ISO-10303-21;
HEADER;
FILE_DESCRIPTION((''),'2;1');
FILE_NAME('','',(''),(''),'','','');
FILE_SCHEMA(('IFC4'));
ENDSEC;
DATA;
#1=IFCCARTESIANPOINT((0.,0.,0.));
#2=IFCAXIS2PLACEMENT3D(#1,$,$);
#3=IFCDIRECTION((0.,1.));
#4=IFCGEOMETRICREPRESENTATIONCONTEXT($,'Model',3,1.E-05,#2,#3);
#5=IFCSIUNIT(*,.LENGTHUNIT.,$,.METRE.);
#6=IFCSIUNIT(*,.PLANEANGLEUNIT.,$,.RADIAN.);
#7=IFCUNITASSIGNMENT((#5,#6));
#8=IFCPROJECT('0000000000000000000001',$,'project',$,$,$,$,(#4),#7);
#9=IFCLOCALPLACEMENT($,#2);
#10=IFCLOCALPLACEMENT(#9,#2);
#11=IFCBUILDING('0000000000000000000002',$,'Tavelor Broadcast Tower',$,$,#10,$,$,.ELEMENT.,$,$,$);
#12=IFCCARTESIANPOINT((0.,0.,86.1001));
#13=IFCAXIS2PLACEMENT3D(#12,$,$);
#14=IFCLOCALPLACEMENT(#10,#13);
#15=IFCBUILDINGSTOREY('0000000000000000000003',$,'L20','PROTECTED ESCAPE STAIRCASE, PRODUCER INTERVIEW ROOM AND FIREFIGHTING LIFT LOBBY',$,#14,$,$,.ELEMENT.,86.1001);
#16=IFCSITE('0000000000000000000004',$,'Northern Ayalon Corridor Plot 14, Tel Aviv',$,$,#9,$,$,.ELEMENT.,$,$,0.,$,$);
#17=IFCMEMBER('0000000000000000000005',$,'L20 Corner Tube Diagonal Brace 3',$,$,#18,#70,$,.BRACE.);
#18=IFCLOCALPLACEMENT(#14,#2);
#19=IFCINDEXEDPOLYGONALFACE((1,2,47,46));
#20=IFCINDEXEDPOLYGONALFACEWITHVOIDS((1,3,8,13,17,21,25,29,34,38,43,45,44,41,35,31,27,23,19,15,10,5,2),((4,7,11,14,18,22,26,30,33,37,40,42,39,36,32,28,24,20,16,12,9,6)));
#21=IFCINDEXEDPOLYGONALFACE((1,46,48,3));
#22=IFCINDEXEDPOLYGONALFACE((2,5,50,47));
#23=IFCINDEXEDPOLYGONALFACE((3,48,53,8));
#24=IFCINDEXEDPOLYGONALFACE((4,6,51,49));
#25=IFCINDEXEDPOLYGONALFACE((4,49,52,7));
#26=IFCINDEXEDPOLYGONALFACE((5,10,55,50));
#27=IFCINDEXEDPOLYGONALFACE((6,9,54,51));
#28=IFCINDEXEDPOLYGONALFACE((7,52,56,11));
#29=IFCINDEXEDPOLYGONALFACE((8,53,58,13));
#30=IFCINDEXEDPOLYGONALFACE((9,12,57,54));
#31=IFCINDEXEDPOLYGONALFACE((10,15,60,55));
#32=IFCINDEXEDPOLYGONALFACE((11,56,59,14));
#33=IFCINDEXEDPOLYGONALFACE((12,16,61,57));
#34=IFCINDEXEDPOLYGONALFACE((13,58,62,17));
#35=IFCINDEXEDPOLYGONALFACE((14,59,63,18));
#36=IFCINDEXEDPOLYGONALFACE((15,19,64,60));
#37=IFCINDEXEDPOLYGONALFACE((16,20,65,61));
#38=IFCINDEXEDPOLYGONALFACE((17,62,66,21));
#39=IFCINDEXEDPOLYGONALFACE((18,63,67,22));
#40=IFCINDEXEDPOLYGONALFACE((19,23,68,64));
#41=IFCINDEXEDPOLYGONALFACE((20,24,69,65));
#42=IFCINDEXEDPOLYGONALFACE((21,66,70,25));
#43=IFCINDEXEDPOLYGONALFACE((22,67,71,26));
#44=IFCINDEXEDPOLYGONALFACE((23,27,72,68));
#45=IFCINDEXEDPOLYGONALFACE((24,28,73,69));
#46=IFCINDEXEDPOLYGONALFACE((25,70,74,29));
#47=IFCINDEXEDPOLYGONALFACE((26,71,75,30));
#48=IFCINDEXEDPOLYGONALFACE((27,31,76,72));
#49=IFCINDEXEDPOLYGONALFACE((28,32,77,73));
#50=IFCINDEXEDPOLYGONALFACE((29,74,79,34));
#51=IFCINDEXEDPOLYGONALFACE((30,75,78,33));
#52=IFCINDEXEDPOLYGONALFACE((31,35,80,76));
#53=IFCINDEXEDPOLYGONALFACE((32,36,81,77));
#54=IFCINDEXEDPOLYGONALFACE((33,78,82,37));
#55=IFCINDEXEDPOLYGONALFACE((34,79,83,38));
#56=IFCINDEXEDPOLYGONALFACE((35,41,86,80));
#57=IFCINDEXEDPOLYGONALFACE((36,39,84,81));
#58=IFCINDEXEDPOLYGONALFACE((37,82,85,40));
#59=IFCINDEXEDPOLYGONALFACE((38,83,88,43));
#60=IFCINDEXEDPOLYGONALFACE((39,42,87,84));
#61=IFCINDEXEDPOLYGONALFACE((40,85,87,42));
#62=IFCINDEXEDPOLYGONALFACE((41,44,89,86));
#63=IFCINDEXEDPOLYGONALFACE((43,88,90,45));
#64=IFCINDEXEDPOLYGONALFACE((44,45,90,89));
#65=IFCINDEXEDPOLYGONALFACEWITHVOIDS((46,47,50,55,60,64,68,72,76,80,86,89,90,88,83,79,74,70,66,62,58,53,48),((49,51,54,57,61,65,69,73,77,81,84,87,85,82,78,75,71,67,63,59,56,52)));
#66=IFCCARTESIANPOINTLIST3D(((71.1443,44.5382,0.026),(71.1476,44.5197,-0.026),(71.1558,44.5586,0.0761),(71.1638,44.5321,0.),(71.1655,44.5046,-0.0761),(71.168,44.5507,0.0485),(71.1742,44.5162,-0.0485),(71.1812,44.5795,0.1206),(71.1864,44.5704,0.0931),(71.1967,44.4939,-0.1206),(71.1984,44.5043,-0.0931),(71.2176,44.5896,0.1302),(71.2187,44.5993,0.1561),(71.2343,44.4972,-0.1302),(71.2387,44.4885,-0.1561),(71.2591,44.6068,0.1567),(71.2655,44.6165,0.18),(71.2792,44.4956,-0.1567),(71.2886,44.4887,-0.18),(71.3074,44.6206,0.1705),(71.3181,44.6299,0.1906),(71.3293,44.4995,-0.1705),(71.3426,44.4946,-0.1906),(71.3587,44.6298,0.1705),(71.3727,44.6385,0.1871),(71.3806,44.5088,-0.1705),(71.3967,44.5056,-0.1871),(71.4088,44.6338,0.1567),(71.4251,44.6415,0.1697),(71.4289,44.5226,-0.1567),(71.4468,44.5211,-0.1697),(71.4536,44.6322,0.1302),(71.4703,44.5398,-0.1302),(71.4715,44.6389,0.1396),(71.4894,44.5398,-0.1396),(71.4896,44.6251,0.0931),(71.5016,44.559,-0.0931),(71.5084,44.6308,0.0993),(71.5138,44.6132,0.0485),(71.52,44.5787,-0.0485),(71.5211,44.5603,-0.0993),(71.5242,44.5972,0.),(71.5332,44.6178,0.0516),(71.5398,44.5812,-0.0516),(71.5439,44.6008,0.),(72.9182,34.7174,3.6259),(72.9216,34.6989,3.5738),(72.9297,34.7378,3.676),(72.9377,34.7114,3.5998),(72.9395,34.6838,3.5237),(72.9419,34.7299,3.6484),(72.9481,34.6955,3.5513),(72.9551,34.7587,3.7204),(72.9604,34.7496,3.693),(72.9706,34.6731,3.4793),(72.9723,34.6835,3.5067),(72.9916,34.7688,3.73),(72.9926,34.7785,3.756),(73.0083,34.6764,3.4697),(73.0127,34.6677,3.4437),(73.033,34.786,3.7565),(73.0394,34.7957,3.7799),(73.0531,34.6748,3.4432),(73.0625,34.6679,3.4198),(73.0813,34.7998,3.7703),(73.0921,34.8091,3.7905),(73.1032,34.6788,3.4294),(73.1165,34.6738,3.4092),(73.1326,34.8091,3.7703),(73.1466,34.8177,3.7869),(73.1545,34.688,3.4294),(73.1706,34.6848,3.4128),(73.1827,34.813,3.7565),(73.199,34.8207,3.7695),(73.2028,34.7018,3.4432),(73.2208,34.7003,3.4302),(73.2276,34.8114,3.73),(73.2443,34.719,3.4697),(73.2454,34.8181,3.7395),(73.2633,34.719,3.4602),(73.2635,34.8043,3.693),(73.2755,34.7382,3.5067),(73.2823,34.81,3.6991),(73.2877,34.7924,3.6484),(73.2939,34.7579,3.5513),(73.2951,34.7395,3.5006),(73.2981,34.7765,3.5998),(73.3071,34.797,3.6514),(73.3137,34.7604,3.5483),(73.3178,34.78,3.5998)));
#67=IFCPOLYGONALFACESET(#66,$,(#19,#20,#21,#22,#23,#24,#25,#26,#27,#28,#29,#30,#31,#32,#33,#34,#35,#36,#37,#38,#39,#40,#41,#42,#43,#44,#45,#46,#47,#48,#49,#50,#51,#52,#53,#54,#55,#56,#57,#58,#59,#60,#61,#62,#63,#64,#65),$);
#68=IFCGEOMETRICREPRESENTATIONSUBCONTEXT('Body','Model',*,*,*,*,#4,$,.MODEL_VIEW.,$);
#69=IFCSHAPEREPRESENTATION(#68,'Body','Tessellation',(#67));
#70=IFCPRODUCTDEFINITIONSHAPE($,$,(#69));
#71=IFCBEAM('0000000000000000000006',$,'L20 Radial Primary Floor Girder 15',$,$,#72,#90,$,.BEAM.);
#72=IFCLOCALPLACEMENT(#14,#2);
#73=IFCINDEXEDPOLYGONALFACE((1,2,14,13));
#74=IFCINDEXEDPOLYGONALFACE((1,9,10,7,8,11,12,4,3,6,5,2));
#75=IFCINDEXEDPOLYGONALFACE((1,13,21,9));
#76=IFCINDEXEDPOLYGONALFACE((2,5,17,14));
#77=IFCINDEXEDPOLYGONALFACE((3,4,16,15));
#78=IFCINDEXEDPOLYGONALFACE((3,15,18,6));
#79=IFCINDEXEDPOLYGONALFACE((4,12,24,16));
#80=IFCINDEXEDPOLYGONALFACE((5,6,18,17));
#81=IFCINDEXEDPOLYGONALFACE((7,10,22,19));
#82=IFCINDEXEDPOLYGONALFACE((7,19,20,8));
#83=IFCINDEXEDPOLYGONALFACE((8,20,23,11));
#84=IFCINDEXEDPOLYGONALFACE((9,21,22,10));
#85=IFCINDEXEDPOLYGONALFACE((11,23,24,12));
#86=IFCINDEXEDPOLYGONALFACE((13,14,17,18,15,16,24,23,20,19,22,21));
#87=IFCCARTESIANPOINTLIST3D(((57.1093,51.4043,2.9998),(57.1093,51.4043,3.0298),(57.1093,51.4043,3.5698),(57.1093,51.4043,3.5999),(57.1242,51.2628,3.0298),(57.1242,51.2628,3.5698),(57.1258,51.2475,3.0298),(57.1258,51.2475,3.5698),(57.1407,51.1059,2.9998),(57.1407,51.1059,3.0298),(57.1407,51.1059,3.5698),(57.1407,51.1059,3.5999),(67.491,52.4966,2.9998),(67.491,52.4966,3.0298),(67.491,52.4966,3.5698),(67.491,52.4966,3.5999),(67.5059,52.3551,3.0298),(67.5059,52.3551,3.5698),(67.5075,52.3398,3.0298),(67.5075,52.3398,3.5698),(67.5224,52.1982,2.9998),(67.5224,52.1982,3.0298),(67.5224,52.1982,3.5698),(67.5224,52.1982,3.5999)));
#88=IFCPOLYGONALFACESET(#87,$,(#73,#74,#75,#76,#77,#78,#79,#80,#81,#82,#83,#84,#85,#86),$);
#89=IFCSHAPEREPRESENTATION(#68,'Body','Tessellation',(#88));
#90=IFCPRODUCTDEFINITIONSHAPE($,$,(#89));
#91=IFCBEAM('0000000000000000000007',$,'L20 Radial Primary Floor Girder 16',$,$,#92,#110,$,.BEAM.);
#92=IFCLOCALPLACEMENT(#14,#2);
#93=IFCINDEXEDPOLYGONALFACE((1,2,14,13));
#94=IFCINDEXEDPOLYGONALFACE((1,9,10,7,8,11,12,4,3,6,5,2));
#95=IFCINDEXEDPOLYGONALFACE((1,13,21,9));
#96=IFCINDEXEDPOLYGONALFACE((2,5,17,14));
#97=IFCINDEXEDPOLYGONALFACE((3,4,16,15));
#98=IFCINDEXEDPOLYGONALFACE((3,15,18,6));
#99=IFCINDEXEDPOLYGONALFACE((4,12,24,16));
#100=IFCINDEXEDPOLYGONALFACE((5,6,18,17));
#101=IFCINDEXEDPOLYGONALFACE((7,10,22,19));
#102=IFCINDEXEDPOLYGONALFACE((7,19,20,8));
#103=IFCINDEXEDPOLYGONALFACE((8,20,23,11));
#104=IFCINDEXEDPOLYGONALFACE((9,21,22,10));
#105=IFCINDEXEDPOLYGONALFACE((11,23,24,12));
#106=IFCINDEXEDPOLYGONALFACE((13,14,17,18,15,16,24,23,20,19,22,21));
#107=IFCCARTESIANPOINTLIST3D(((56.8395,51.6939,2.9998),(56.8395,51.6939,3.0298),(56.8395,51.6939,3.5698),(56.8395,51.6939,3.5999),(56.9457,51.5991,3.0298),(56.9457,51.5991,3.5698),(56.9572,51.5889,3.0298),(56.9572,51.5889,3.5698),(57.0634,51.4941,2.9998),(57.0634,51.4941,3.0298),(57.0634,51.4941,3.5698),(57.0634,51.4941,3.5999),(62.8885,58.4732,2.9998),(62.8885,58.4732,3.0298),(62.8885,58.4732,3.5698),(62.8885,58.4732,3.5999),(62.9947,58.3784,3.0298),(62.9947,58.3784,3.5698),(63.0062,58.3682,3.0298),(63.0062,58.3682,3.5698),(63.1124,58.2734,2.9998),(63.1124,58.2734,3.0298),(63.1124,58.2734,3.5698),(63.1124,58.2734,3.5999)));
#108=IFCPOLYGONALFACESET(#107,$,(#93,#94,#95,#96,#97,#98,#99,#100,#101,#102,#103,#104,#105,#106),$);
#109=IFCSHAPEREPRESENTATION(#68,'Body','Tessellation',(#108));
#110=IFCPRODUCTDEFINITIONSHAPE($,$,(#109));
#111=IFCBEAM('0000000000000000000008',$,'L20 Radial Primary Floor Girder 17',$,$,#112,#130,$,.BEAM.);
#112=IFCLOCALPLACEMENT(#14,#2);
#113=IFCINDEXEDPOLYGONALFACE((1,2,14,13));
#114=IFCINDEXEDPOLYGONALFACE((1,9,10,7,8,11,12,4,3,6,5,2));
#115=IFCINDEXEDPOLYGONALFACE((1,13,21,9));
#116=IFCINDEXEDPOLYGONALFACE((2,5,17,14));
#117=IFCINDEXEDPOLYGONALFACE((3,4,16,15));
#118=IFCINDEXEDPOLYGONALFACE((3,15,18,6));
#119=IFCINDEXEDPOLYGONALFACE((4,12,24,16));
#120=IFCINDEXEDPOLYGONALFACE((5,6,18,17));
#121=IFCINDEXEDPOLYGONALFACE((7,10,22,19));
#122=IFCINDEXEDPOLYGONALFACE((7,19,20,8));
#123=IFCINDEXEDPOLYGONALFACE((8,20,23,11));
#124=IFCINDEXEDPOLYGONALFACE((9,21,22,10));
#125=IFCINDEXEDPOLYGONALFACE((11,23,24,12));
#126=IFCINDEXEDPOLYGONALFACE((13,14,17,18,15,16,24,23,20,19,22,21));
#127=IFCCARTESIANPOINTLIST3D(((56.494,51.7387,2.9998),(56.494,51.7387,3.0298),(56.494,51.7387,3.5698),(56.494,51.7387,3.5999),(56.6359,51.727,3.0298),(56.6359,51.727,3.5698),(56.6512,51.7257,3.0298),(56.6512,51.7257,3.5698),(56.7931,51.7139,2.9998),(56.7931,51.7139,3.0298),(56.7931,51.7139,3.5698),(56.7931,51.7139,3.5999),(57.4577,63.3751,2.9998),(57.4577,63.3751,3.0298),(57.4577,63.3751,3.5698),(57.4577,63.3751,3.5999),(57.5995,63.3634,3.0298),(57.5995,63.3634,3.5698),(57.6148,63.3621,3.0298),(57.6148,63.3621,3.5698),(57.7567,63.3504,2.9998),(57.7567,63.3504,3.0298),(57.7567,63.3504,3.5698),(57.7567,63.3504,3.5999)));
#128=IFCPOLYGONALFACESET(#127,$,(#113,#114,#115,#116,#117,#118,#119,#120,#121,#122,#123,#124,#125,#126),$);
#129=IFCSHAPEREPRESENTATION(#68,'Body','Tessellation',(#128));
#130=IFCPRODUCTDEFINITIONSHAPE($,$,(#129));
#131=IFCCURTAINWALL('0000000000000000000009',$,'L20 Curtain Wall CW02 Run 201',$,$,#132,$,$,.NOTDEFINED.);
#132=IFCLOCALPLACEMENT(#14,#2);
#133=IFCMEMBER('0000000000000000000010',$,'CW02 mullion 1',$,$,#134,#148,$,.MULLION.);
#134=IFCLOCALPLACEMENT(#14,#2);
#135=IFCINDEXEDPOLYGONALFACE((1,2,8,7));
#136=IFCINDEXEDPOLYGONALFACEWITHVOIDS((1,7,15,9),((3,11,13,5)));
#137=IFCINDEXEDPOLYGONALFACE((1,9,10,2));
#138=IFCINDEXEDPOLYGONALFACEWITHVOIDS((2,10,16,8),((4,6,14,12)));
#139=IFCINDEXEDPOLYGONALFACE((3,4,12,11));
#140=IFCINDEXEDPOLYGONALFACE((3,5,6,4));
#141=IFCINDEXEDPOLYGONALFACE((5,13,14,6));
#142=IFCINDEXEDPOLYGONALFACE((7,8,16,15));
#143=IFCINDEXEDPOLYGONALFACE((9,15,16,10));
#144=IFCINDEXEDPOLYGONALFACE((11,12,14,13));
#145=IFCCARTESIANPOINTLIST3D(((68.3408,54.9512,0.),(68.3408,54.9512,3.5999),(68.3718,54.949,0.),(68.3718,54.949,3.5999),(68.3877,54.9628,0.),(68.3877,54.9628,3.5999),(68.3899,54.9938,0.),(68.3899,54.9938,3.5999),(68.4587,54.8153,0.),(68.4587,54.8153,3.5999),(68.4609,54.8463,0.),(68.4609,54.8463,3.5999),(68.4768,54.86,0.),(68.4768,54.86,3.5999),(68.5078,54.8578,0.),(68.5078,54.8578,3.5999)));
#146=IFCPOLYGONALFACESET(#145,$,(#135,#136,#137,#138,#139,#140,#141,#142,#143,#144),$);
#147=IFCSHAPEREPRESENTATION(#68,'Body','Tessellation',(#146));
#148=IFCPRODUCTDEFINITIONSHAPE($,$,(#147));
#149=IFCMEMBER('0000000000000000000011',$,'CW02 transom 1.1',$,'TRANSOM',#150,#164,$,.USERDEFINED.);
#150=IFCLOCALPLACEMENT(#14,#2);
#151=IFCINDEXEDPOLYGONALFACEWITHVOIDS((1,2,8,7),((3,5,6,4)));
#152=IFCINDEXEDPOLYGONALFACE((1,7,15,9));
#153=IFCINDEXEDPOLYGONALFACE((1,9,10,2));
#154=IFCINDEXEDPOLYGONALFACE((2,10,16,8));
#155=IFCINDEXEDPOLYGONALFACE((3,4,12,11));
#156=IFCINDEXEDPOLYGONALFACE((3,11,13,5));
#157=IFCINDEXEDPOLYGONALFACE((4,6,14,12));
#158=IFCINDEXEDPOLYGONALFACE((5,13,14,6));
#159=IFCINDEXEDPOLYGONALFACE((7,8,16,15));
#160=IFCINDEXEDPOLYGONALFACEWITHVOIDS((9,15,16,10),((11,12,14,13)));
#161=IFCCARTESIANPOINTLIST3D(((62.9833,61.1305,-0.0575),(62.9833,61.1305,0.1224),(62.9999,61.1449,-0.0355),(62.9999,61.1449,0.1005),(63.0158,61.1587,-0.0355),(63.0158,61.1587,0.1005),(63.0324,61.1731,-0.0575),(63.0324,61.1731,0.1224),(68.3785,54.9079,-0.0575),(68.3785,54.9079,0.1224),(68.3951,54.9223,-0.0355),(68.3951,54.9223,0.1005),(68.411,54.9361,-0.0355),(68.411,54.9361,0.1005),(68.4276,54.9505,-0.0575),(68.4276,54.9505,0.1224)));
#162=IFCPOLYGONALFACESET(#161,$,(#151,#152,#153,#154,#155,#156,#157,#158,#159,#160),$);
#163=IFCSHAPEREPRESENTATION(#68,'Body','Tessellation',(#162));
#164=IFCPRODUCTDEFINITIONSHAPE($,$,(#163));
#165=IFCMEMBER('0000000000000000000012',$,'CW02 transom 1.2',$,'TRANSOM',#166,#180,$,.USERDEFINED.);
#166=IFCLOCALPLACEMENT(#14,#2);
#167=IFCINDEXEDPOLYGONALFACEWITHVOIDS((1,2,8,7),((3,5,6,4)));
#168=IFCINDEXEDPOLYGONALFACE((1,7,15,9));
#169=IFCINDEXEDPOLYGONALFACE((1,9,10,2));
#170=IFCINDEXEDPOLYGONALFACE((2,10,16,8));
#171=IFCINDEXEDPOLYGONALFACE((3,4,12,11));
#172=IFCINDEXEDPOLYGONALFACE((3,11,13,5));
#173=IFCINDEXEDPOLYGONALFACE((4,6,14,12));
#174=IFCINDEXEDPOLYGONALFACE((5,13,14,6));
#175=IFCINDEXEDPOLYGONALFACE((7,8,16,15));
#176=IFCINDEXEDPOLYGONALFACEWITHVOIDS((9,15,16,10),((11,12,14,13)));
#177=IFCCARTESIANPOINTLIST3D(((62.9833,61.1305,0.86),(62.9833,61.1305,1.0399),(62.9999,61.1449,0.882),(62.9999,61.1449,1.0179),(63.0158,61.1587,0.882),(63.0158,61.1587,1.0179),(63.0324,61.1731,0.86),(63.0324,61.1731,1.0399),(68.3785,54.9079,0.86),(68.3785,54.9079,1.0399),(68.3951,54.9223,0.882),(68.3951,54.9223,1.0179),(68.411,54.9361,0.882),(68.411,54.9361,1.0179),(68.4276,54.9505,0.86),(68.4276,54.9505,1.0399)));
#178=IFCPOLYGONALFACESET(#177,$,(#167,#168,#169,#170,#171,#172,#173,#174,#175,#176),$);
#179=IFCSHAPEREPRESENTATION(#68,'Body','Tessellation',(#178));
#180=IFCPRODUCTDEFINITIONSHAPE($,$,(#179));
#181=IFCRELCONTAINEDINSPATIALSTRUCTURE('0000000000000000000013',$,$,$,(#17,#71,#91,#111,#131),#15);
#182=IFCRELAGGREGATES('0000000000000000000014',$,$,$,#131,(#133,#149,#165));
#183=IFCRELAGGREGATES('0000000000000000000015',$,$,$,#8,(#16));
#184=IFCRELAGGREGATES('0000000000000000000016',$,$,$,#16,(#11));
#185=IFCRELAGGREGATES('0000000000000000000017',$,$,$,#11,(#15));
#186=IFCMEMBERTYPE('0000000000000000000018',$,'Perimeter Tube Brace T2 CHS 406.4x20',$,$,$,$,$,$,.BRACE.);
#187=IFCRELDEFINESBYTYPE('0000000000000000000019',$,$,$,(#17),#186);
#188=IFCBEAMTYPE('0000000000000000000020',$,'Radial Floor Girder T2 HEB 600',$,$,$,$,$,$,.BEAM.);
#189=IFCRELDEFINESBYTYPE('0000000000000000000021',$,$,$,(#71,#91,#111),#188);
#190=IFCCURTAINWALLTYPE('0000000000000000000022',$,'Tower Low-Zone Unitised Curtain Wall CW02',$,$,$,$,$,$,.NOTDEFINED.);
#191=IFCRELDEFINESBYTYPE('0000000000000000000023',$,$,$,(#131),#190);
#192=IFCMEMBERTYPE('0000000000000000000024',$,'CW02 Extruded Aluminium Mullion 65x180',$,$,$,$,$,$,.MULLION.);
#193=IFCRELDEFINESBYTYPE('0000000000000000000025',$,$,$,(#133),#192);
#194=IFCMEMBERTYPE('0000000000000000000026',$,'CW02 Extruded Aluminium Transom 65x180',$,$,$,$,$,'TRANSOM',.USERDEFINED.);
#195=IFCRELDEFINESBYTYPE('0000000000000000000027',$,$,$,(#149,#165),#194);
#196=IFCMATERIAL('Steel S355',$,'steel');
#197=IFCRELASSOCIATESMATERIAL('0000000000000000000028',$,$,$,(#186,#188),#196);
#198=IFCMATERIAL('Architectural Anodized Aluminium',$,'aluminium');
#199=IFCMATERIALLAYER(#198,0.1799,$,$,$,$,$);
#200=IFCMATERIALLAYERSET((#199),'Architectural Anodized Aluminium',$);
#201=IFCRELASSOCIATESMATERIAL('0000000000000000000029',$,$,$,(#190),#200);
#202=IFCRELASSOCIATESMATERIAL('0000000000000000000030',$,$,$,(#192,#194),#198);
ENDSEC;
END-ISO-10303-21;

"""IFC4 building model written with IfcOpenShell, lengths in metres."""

from ifc_helpers import new_model, si_unit, direction, frame, origin, origin_2d, place, context, subcontext, project, spatial, hollow_rectangle, hollow_circle, i_section, extrude, source, transform, mapped, material, layer, layer_set, material_profile, profile_set, type_object, type_shapes, element, aggregate, save


model = new_model("IFC4")

# Units and contexts
model_context = context("Model", 3, precision=1e-05, world=origin(), true_north=direction((0.0, 1.0)))
body_context = subcontext(model_context, "Body", "Model", "MODEL_VIEW")
ifc_project = project(units=[si_unit("LENGTHUNIT", "METRE"), si_unit("PLANEANGLEUNIT", "RADIAN")], contexts=[model_context])

# Site, building, storey
site_placement = place(None, origin())
site = spatial("IfcSite", under=ifc_project, at=site_placement, Name="Northern Ayalon Corridor Plot 14, Tel Aviv", CompositionType="ELEMENT", RefElevation=0.0)
building_placement = place(site_placement, origin())
building = spatial("IfcBuilding", under=site, at=building_placement, Name="Tavelor Broadcast Tower", CompositionType="ELEMENT")
storey_placement = place(building_placement, frame((0.0, 0.0, 86.1001)))
storey = spatial("IfcBuildingStorey", under=building, at=storey_placement, Name="L20", Description="PROTECTED ESCAPE STAIRCASE, PRODUCER INTERVIEW ROOM AND FIREFIGHTING LIFT LOBBY", CompositionType="ELEMENT", Elevation=86.1001)

# Shared definitions
ifc_material_1 = material(Name="Steel S355", Category="steel")

# Member
ifc_material_profile_1 = material_profile(ifc_material_1, hollow_circle(Radius=0.2031, WallThickness=0.02, at=origin_2d()), Name="CHS 406.4x20")
ifc_profile_set_1 = profile_set([ifc_material_profile_1], Name="Steel S355")
member_type_1 = type_object("IfcMemberType", Name="Perimeter Tube Brace T2 CHS 406.4x20", PredefinedType="BRACE", material=ifc_profile_set_1)
member_1_placement = place(storey_placement, frame((71.344, 44.5647, 0.0), z_axis=(0.167207, -0.925692, 0.339316), x_axis=(0.984075, 0.177753, 0.0)))
element("IfcMember", 1, at=member_1_placement, inside=storey, type_object=member_type_1, Name="L20 Corner Tube Diagonal Brace 3", PredefinedType="BRACE", context=body_context, shape_type="SweptSolid", body=[
    extrude(hollow_circle(Radius=0.2031, WallThickness=0.02, at=origin_2d()), origin(), (0.0, 0.0, 1.0), 10.6091),
])

# Beams
ifc_material_profile_2 = material_profile(ifc_material_1, i_section(OverallWidth=0.3, OverallDepth=0.6001, WebThickness=0.0154, FlangeThickness=0.03, at=origin_2d()), Name="HEB 600")
ifc_profile_set_2 = profile_set([ifc_material_profile_2], Name="Steel S355")
beam_type_1 = type_object("IfcBeamType", Name="Radial Floor Girder T2 HEB 600", PredefinedType="BEAM", material=ifc_profile_set_2)
beam_1_placement = place(storey_placement, frame((57.125, 51.2551, 3.2998), z_axis=(0.994511, 0.104636, 0.0), x_axis=(-0.104636, 0.994511, 0.0)))
element("IfcBeam", 2, at=beam_1_placement, inside=storey, type_object=beam_type_1, Name="L20 Radial Primary Floor Girder 15", PredefinedType="BEAM", context=body_context, shape_type="SweptSolid", body=[
    extrude(i_section(OverallWidth=0.3, OverallDepth=0.6001, WebThickness=0.0154, FlangeThickness=0.03, at=origin_2d()), origin(), (0.0, 0.0, 1.0), 10.439),
])
beam_2_placement = place(storey_placement, frame((56.9514, 51.594, 3.2998), z_axis=(0.665779, 0.746149, 0.0), x_axis=(-0.746149, 0.665779, 0.0)))
element("IfcBeam", 3, at=beam_2_placement, inside=storey, type_object=beam_type_1, Name="L20 Radial Primary Floor Girder 16", PredefinedType="BEAM", context=body_context, shape_type="SweptSolid", body=[
    extrude(i_section(OverallWidth=0.3, OverallDepth=0.6001, WebThickness=0.0154, FlangeThickness=0.03, at=origin_2d()), origin(), (0.0, 0.0, 1.0), 9.0857),
])
beam_3_placement = place(storey_placement, frame((56.6436, 51.7263, 3.2998), z_axis=(0.082528, 0.996589, 0.0), x_axis=(-0.996589, 0.082528, 0.0)))
element("IfcBeam", 4, at=beam_3_placement, inside=storey, type_object=beam_type_1, Name="L20 Radial Primary Floor Girder 17", PredefinedType="BEAM", context=body_context, shape_type="SweptSolid", body=[
    extrude(i_section(OverallWidth=0.3, OverallDepth=0.6001, WebThickness=0.0154, FlangeThickness=0.03, at=origin_2d()), origin(), (0.0, 0.0, 1.0), 11.6763),
])

# Curtain wall, members
ifc_material_2 = material(Name="Architectural Anodized Aluminium", Category="aluminium")
ifc_layer_1 = layer(ifc_material_2, 0.1799)
ifc_layer_set_1 = layer_set([ifc_layer_1], Name="Architectural Anodized Aluminium")
curtain_wall_type = type_object("IfcCurtainWallType", Name="Tower Low-Zone Unitised Curtain Wall CW02", PredefinedType="NOTDEFINED", material=ifc_layer_set_1)
curtain_wall_placement = place(storey_placement, origin())
curtain_wall = element("IfcCurtainWall", 5, at=curtain_wall_placement, inside=storey, type_object=curtain_wall_type, Name="L20 Curtain Wall CW02 Run 201", PredefinedType="NOTDEFINED")
ifc_material_profile_3 = material_profile(ifc_material_2, hollow_rectangle(XDim=0.0649, YDim=0.1799, WallThickness=0.022, at=origin_2d()), Name="RHS 65x180x22")
ifc_profile_set_3 = profile_set([ifc_material_profile_3], Name="Architectural Anodized Aluminium")
member_type_2 = type_object("IfcMemberType", Name="CW02 Extruded Aluminium Mullion 65x180", PredefinedType="MULLION", material=ifc_profile_set_3)
shared_shape_1 = source(origin(), body_context, "Body", "SweptSolid", [
    extrude(hollow_rectangle(XDim=0.0649, YDim=0.1799, WallThickness=0.022, at=origin_2d()), origin(), (0.0, 0.0, 1.0), 3.5999),
])
type_shapes(member_type_2, [shared_shape_1])
member_2_placement = place(storey_placement, frame((68.4243, 54.9045, 0.0), z_axis=(0.0, 0.0, 1.0), x_axis=(-0.755565, -0.655074, 0.0)))
member_2 = element("IfcMember", 6, at=member_2_placement, type_object=member_type_2, Name="CW02 mullion 1", PredefinedType="MULLION", context=body_context, shape_type="MappedRepresentation", body=[
    mapped(shared_shape_1, transform((0.0, 0.0, 0.0), scale=1.0)),
])
ifc_material_profile_4 = material_profile(ifc_material_2, hollow_rectangle(XDim=0.0649, YDim=0.1799, WallThickness=0.022, at=origin_2d()), Name="RHS 65x180x22")
ifc_profile_set_4 = profile_set([ifc_material_profile_4], Name="Architectural Anodized Aluminium")
member_type_3 = type_object("IfcMemberType", Name="CW02 Extruded Aluminium Transom 65x180", ElementType="TRANSOM", PredefinedType="USERDEFINED", material=ifc_profile_set_4)
shared_shape_2 = source(origin(), body_context, "Body", "SweptSolid", [
    extrude(hollow_rectangle(XDim=0.0649, YDim=0.1799, WallThickness=0.022, at=origin_2d()), origin(), (0.0, 0.0, 1.0), 8.2358),
])
type_shapes(member_type_3, [shared_shape_2])
member_3_placement = place(storey_placement, frame((68.4031, 54.9292, 0.0325), z_axis=(-0.65509, 0.755551, 0.0), x_axis=(-0.755551, -0.65509, 0.0)))
member_3 = element("IfcMember", 7, at=member_3_placement, type_object=member_type_3, Name="CW02 transom 1.1", ObjectType="TRANSOM", PredefinedType="USERDEFINED", context=body_context, shape_type="MappedRepresentation", body=[
    mapped(shared_shape_2, transform((0.0, 0.0, 0.0), scale=1.0)),
])
member_4_placement = place(storey_placement, frame((68.4031, 54.9292, 0.95), z_axis=(-0.65509, 0.755551, 0.0), x_axis=(-0.755551, -0.65509, 0.0)))
member_4 = element("IfcMember", 8, at=member_4_placement, type_object=member_type_3, Name="CW02 transom 1.2", ObjectType="TRANSOM", PredefinedType="USERDEFINED", context=body_context, shape_type="MappedRepresentation", body=[
    mapped(shared_shape_2, transform((0.0, 0.0, 0.0), scale=1.0)),
])

aggregate(curtain_wall, [member_2, member_3, member_4])

save(model, "model.ifc")
